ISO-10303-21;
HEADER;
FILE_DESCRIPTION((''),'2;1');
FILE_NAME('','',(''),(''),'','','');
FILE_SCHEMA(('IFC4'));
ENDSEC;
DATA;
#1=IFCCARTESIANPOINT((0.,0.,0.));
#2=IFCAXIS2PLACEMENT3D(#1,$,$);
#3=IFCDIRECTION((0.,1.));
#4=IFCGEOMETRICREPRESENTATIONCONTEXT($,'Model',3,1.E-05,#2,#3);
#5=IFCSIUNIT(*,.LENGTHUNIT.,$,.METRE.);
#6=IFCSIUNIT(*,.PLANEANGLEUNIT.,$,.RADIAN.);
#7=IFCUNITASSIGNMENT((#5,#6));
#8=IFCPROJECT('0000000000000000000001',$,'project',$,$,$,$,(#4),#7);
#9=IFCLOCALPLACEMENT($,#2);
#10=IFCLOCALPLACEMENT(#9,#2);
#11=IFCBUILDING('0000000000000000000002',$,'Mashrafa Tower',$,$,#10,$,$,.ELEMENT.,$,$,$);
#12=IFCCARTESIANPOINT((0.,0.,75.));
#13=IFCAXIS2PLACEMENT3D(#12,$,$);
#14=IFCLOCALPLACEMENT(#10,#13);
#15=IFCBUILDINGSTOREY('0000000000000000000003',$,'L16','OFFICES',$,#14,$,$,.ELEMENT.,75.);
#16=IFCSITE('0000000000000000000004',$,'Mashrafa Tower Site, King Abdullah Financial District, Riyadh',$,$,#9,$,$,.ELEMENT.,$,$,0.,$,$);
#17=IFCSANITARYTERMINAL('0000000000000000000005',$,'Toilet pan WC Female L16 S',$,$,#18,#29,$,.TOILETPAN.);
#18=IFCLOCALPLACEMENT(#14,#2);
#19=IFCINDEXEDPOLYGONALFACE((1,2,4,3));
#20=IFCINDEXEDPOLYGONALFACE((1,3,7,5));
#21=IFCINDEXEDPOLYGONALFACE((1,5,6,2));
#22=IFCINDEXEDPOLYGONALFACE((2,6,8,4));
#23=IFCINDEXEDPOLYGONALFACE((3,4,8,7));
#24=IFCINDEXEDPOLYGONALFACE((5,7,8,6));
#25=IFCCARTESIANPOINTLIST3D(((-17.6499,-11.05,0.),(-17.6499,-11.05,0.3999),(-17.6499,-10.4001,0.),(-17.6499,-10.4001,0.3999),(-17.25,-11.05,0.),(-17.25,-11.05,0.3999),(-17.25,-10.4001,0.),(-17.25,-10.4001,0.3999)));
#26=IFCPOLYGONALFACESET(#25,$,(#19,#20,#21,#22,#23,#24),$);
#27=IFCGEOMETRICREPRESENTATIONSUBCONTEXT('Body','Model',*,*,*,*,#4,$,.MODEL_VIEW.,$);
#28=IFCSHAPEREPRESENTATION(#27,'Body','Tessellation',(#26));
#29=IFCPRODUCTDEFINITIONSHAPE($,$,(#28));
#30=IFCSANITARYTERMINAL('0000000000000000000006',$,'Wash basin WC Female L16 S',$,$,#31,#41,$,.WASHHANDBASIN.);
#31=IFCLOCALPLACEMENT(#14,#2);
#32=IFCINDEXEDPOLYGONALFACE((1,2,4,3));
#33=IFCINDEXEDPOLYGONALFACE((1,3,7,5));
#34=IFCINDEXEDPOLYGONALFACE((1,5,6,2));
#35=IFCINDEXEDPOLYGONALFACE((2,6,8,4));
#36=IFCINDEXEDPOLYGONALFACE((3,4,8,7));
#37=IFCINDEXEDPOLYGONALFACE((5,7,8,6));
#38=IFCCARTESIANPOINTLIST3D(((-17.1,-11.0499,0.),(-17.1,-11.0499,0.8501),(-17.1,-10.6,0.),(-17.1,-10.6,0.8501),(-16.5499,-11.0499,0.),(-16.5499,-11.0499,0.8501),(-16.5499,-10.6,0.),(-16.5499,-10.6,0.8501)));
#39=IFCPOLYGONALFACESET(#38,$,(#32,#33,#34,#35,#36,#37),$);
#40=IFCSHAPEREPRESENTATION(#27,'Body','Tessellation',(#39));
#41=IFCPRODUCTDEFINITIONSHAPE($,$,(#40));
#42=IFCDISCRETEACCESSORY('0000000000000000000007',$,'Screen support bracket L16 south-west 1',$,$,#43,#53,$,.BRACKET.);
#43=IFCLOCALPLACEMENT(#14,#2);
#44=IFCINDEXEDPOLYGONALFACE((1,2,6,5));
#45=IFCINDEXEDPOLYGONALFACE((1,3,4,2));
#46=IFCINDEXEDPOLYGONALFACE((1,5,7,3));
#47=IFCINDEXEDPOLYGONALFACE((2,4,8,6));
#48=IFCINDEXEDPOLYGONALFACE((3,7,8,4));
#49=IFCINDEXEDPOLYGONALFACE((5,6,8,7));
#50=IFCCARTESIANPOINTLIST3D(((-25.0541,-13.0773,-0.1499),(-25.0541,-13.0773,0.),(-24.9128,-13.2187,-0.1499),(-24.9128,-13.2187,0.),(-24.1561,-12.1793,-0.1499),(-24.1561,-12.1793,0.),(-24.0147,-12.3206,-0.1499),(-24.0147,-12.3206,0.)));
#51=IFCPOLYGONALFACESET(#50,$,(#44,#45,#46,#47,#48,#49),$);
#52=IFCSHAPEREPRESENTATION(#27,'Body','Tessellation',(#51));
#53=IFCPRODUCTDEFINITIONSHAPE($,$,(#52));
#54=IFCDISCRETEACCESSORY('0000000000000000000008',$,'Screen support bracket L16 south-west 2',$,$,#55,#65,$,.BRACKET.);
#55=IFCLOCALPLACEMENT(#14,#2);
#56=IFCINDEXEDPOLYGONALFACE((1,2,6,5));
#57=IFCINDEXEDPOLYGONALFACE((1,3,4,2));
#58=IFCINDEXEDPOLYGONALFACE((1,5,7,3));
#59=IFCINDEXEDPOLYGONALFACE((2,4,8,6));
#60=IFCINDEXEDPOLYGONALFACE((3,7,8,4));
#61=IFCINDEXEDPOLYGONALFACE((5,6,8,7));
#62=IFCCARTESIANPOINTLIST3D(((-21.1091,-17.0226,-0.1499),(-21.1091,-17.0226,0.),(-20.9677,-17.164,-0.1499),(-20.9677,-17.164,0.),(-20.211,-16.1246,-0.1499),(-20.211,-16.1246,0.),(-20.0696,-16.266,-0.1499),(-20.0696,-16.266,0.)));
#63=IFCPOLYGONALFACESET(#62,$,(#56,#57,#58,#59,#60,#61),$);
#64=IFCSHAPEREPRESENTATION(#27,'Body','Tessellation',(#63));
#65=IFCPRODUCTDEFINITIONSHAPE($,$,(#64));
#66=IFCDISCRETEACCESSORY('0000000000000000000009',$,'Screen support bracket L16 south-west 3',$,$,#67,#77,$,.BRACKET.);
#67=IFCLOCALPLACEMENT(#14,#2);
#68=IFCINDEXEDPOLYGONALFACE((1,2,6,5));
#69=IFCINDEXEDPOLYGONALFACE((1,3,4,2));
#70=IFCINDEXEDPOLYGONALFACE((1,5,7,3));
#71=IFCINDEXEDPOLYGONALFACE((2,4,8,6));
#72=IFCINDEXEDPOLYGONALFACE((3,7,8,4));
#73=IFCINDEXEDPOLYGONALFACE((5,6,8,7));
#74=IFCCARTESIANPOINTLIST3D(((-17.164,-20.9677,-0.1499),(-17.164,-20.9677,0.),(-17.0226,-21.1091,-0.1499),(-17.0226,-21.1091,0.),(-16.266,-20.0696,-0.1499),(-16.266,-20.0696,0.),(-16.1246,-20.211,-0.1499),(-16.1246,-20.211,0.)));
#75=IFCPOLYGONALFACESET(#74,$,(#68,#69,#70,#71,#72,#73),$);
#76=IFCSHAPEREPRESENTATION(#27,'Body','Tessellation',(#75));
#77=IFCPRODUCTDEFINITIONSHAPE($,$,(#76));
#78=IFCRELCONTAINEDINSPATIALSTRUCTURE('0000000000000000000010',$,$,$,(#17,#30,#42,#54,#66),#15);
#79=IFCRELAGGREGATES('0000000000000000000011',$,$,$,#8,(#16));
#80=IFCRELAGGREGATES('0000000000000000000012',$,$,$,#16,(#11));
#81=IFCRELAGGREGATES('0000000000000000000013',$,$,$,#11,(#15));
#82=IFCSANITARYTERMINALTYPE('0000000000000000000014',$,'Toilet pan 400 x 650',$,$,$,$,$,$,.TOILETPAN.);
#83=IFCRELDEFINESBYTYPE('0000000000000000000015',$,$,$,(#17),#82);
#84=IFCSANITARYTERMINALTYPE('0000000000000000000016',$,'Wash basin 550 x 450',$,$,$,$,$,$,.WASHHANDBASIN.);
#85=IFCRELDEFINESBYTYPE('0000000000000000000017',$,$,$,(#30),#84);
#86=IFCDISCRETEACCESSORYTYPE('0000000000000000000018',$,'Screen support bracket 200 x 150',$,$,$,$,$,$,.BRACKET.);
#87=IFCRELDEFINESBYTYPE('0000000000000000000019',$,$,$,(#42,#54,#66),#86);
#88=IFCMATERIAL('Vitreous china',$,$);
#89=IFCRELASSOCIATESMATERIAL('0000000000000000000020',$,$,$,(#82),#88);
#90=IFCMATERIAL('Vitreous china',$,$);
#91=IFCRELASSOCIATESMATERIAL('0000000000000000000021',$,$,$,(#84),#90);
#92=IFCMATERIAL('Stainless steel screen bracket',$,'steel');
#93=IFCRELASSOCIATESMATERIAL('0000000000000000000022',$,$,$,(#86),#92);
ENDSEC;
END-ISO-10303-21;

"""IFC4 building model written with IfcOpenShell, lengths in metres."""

from ifc_helpers import new_model, si_unit, direction, frame, origin, origin_2d, place, context, subcontext, project, spatial, rectangle, extrude, source, transform, mapped, material, type_object, type_shapes, element, save


model = new_model("IFC4")

# Units and contexts
model_context = context("Model", 3, precision=1e-05, world=origin(), true_north=direction((0.0, 1.0)))
body_context = subcontext(model_context, "Body", "Model", "MODEL_VIEW")
ifc_project = project(units=[si_unit("LENGTHUNIT", "METRE"), si_unit("PLANEANGLEUNIT", "RADIAN")], contexts=[model_context])

# Site, building, storey
site_placement = place(None, origin())
site = spatial("IfcSite", under=ifc_project, at=site_placement, Name="Mashrafa Tower Site, King Abdullah Financial District, Riyadh", CompositionType="ELEMENT", RefElevation=0.0)
building_placement = place(site_placement, origin())
building = spatial("IfcBuilding", under=site, at=building_placement, Name="Mashrafa Tower", CompositionType="ELEMENT")
storey_placement = place(building_placement, frame((0.0, 0.0, 75.0)))
storey = spatial("IfcBuildingStorey", under=building, at=storey_placement, Name="L16", Description="OFFICES", CompositionType="ELEMENT", Elevation=75.0)

# Sanitary terminals
ifc_material_1 = material(Name="Vitreous china")
sanitary_terminal_type_1 = type_object("IfcSanitaryTerminalType", Name="Toilet pan 400 x 650", PredefinedType="TOILETPAN", material=ifc_material_1)
sanitary_terminal_1_placement = place(storey_placement, frame((-17.45, -10.7251, 0.0), z_axis=(0.0, 0.0, 1.0), x_axis=(1.0, 0.0, 0.0)))
element("IfcSanitaryTerminal", 1, at=sanitary_terminal_1_placement, inside=storey, type_object=sanitary_terminal_type_1, Name="Toilet pan WC Female L16 S", PredefinedType="TOILETPAN", context=body_context, shape_type="SweptSolid", body=[
    extrude(rectangle(XDim=0.3999, YDim=0.6499, at=origin_2d()), origin(), (0.0, 0.0, 1.0), 0.3999),
])
ifc_material_2 = material(Name="Vitreous china")
sanitary_terminal_type_2 = type_object("IfcSanitaryTerminalType", Name="Wash basin 550 x 450", PredefinedType="WASHHANDBASIN", material=ifc_material_2)
sanitary_terminal_2_placement = place(storey_placement, frame((-16.825, -10.825, 0.0), z_axis=(0.0, 0.0, 1.0), x_axis=(1.0, 0.0, 0.0)))
element("IfcSanitaryTerminal", 2, at=sanitary_terminal_2_placement, inside=storey, type_object=sanitary_terminal_type_2, Name="Wash basin WC Female L16 S", PredefinedType="WASHHANDBASIN", context=body_context, shape_type="SweptSolid", body=[
    extrude(rectangle(XDim=0.55, YDim=0.45, at=origin_2d()), origin(), (0.0, 0.0, 1.0), 0.8501),
])

# Discrete accessories
ifc_material_3 = material(Name="Stainless steel screen bracket", Category="steel")
discrete_accessory_type = type_object("IfcDiscreteAccessoryType", Name="Screen support bracket 200 x 150", PredefinedType="BRACKET", material=ifc_material_3)
shared_shape_1 = source(origin(), body_context, "Body", "SweptSolid", [
    extrude(rectangle(XDim=0.2, YDim=1.27, at=origin_2d()), origin(), (0.0, 0.0, 1.0), 0.1499),
])
type_shapes(discrete_accessory_type, [shared_shape_1])
for number, where, z_axis, x_axis, name in (
    (3, (-24.5344, -12.699, -0.1499), (0.0, 0.0, 1.0), (0.707107, -0.707107, 0.0), "Screen support bracket L16 south-west 1"),
    (4, (-20.5894, -16.6443, -0.1499), (0.0, 0.0, 1.0), (0.707107, -0.707107, 0.0), "Screen support bracket L16 south-west 2"),
    (5, (-16.6443, -20.5894, -0.1499), (0.0, 0.0, 1.0), (0.707107, -0.707107, 0.0), "Screen support bracket L16 south-west 3"),
):
    element("IfcDiscreteAccessory", number, at=place(storey_placement, frame(where, z_axis=z_axis, x_axis=x_axis)), inside=storey, type_object=discrete_accessory_type, Name=name, PredefinedType="BRACKET", context=body_context, shape_type="MappedRepresentation", body=[
        mapped(shared_shape_1, transform((0.0, 0.0, 0.0))),
    ])

save(model, "model.ifc")
